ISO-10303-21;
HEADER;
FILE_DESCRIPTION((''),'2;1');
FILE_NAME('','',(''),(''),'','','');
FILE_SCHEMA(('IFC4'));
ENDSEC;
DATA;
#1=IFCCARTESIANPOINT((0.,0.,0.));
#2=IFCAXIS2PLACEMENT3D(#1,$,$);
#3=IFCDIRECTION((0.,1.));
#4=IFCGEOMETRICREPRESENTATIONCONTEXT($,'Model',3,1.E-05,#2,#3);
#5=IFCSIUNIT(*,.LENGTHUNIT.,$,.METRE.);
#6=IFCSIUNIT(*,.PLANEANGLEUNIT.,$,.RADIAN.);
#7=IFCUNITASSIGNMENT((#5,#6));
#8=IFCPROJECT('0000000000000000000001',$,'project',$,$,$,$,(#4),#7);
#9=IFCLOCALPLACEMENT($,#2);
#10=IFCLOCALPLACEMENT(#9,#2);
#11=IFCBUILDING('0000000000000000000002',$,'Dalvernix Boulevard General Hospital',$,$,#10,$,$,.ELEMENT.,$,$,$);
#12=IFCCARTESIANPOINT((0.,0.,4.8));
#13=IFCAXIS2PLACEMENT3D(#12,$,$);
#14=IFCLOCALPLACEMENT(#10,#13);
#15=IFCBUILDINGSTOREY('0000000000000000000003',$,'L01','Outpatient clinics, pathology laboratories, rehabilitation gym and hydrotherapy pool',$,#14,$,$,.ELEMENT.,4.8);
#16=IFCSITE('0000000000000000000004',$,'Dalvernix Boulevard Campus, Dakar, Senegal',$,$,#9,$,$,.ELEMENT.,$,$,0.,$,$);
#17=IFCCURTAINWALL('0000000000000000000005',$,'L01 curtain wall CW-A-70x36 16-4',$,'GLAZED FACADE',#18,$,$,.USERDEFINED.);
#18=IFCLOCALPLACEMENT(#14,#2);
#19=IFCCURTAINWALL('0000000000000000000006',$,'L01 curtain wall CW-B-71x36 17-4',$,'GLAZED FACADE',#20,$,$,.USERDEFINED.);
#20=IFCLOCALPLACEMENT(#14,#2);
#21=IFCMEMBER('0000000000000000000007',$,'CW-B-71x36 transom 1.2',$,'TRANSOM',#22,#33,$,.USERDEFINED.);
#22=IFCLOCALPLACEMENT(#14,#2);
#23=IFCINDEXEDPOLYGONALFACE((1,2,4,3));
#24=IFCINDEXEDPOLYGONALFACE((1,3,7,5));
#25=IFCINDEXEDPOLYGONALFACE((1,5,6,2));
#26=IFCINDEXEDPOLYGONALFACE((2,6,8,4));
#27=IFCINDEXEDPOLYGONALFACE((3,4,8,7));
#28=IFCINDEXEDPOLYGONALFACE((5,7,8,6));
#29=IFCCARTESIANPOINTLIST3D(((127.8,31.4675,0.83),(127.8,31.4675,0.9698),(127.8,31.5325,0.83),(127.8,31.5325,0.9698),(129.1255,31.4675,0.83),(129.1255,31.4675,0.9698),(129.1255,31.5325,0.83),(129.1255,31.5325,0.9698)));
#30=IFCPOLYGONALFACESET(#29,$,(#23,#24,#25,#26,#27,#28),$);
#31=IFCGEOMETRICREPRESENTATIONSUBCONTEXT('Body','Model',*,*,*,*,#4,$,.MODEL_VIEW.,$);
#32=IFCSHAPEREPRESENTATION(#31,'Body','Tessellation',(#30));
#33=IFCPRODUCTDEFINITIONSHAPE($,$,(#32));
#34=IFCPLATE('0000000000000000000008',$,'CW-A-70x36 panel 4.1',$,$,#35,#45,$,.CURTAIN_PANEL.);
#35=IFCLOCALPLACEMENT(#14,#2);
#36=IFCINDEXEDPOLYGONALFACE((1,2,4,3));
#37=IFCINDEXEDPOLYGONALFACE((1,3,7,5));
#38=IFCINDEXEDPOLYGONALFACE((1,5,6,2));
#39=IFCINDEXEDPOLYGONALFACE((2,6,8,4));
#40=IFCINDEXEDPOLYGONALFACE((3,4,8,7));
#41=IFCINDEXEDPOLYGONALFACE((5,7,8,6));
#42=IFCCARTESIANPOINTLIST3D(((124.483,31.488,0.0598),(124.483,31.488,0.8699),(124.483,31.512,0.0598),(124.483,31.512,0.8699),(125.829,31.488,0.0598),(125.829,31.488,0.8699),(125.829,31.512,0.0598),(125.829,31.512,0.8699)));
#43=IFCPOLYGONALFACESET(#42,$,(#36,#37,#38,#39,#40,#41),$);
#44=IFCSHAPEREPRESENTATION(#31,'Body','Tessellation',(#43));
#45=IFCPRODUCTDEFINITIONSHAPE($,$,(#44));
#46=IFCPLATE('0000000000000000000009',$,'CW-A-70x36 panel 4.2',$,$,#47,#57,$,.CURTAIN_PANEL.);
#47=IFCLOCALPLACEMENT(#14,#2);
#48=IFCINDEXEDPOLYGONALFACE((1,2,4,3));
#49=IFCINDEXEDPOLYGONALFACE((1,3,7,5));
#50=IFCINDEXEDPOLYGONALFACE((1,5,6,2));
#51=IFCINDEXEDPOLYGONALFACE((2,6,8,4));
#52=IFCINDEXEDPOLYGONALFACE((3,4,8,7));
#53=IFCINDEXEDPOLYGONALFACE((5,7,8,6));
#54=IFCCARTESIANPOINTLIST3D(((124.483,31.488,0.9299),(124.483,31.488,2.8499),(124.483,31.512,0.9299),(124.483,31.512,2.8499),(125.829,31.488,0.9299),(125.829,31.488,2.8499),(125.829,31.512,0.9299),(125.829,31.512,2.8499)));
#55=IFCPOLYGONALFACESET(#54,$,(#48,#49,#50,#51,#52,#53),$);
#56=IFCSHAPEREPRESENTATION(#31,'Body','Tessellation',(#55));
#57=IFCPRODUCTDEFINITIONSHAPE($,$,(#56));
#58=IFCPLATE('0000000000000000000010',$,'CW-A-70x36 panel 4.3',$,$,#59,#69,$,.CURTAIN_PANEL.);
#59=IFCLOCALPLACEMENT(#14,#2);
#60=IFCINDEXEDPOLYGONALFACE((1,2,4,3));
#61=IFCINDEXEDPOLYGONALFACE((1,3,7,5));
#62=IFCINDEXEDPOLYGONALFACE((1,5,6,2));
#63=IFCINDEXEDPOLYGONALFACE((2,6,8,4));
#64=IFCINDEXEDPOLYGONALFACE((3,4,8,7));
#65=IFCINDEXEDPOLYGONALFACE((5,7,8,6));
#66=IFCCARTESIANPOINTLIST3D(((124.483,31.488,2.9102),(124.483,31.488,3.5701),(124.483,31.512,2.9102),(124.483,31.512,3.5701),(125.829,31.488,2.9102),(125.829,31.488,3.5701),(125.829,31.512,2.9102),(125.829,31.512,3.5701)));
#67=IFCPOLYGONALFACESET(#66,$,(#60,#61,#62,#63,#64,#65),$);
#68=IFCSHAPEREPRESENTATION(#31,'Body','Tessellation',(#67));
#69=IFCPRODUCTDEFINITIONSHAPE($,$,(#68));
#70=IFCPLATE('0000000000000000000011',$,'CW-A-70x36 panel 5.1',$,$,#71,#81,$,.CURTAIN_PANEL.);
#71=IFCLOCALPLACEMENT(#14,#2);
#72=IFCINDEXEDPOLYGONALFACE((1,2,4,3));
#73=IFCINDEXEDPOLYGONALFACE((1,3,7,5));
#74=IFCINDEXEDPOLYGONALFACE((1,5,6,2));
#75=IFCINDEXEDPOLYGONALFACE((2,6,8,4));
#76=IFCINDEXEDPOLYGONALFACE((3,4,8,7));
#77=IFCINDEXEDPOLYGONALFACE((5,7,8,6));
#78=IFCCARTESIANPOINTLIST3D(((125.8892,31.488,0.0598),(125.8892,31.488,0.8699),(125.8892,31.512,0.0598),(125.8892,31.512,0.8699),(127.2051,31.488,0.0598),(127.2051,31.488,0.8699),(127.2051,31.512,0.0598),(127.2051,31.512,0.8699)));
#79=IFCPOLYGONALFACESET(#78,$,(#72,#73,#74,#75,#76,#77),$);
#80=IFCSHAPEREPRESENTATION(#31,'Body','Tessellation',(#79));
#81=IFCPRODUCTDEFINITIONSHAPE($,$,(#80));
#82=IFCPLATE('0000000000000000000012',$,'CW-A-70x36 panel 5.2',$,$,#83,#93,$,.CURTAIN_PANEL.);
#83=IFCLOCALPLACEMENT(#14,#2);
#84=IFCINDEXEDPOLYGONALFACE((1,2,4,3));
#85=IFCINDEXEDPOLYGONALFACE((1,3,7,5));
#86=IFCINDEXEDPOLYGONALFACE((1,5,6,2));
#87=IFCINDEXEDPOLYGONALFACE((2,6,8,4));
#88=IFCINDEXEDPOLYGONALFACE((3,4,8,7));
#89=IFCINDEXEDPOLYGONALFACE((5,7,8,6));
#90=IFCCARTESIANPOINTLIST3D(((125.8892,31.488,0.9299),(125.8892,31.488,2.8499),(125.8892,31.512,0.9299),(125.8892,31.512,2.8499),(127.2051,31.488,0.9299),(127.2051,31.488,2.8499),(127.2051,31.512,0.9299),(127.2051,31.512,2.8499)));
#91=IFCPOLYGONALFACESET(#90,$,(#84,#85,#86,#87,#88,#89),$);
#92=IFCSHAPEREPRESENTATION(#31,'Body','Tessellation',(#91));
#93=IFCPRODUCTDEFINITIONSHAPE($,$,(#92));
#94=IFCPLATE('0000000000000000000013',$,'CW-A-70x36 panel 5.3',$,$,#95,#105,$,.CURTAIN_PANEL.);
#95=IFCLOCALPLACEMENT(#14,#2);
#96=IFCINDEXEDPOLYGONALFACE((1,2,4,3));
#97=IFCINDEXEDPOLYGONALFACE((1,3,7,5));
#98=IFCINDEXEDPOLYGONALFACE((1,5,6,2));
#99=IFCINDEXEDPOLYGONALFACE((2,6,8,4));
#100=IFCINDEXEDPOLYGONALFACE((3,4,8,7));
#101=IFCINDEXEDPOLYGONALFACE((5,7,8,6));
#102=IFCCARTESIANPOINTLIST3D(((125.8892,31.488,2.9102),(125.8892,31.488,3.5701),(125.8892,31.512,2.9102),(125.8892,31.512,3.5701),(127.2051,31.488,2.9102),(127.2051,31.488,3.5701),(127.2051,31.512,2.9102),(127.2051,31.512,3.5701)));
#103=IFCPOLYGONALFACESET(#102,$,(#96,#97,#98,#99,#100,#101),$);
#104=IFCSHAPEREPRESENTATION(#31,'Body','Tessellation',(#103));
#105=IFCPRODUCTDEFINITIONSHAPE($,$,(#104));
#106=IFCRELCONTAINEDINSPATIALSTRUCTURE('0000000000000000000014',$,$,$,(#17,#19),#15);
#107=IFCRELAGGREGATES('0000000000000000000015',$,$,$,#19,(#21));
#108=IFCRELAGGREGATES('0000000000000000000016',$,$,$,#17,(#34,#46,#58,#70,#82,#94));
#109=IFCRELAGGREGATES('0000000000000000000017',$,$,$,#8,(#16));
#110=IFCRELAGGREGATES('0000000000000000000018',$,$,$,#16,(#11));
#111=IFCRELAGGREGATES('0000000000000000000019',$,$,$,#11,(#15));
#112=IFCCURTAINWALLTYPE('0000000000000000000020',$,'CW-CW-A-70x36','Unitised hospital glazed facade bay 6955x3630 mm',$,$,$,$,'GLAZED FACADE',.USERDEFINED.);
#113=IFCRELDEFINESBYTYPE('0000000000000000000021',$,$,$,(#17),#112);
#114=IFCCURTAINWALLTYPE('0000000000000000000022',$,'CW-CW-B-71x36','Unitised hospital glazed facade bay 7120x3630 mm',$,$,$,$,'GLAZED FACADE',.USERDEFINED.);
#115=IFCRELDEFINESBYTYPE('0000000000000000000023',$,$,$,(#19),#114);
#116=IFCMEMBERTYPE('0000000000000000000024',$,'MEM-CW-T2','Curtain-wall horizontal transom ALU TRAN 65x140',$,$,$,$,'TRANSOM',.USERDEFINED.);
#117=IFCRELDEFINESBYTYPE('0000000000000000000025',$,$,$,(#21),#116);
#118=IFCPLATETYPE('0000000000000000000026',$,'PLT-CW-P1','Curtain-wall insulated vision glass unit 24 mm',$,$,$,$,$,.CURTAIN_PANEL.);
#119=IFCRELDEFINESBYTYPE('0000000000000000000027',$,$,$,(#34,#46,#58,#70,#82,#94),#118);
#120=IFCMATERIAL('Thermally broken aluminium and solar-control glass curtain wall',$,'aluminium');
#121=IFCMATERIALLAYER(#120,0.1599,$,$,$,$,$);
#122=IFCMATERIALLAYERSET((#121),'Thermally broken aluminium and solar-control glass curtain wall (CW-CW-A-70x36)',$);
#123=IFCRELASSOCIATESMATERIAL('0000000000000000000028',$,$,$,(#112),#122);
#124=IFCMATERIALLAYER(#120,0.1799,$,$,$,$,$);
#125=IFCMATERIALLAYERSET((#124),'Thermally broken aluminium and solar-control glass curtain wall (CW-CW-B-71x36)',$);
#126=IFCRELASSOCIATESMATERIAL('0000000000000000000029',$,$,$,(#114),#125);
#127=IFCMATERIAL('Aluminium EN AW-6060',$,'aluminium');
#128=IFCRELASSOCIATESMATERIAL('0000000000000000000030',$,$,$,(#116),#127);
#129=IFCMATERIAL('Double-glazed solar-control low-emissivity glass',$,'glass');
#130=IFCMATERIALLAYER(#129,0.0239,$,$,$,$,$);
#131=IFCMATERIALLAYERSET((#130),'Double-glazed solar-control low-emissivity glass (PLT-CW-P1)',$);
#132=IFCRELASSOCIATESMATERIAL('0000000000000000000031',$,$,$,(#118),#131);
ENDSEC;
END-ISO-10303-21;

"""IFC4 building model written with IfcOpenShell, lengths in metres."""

from ifc_helpers import new_model, si_unit, direction, frame, origin, origin_2d, place, context, subcontext, project, spatial, rectangle, extrude, material, layer, layer_set, material_profile, profile_set, type_object, element, aggregate, save


model = new_model("IFC4")

# Units and contexts
model_context = context("Model", 3, precision=1e-05, world=origin(), true_north=direction((0.0, 1.0)))
body_context = subcontext(model_context, "Body", "Model", "MODEL_VIEW")
ifc_project = project(units=[si_unit("LENGTHUNIT", "METRE"), si_unit("PLANEANGLEUNIT", "RADIAN")], contexts=[model_context])

# Site, building, storey
site_placement = place(None, origin())
site = spatial("IfcSite", under=ifc_project, at=site_placement, Name="Dalvernix Boulevard Campus, Dakar, Senegal", CompositionType="ELEMENT", RefElevation=0.0)
building_placement = place(site_placement, origin())
building = spatial("IfcBuilding", under=site, at=building_placement, Name="Dalvernix Boulevard General Hospital", CompositionType="ELEMENT")
storey_placement = place(building_placement, frame((0.0, 0.0, 4.8)))
storey = spatial("IfcBuildingStorey", under=building, at=storey_placement, Name="L01", Description="Outpatient clinics, pathology laboratories, rehabilitation gym and hydrotherapy pool", CompositionType="ELEMENT", Elevation=4.8)

# Curtain wall
ifc_material_1 = material(Name="Thermally broken aluminium and solar-control glass curtain wall", Category="aluminium")
ifc_layer_1 = layer(ifc_material_1, 0.1599)
ifc_layer_set_1 = layer_set([ifc_layer_1], Name="Thermally broken aluminium and solar-control glass curtain wall (CW-CW-A-70x36)")
curtain_wall_type_1 = type_object("IfcCurtainWallType", Name="CW-CW-A-70x36", Description="Unitised hospital glazed facade bay 6955x3630 mm", ElementType="GLAZED FACADE", PredefinedType="USERDEFINED", material=ifc_layer_set_1)
curtain_wall_1_placement = place(storey_placement, origin())
curtain_wall_1 = element("IfcCurtainWall", 1, at=curtain_wall_1_placement, inside=storey, type_object=curtain_wall_type_1, Name="L01 curtain wall CW-A-70x36 16-4", ObjectType="GLAZED FACADE", PredefinedType="USERDEFINED")
ifc_material_2 = material(Name="Aluminium EN AW-6060", Category="aluminium")

# Curtain wall
ifc_layer_2 = layer(ifc_material_1, 0.1799)
ifc_layer_set_2 = layer_set([ifc_layer_2], Name="Thermally broken aluminium and solar-control glass curtain wall (CW-CW-B-71x36)")
curtain_wall_type_2 = type_object("IfcCurtainWallType", Name="CW-CW-B-71x36", Description="Unitised hospital glazed facade bay 7120x3630 mm", ElementType="GLAZED FACADE", PredefinedType="USERDEFINED", material=ifc_layer_set_2)
curtain_wall_2_placement = place(storey_placement, origin())
curtain_wall_2 = element("IfcCurtainWall", 2, at=curtain_wall_2_placement, inside=storey, type_object=curtain_wall_type_2, Name="L01 curtain wall CW-B-71x36 17-4", ObjectType="GLAZED FACADE", PredefinedType="USERDEFINED")

# Member
ifc_material_profile_1 = material_profile(ifc_material_2, rectangle(XDim=0.0649, YDim=0.1399, at=origin_2d()), Name="ALU TRAN 65x140")
ifc_profile_set_1 = profile_set([ifc_material_profile_1], Name="Aluminium EN AW-6060")
member_type_1 = type_object("IfcMemberType", Name="MEM-CW-T2", Description="Curtain-wall horizontal transom ALU TRAN 65x140", ElementType="TRANSOM", PredefinedType="USERDEFINED", material=ifc_profile_set_1)
member_1_placement = place(storey_placement, frame((127.8, 31.5, 0.8999), z_axis=(1.0, 0.0, 0.0), x_axis=(0.0, 1.0, 0.0)))
member_1 = element("IfcMember", 3, at=member_1_placement, type_object=member_type_1, Name="CW-B-71x36 transom 1.2", ObjectType="TRANSOM", PredefinedType="USERDEFINED", context=body_context, shape_type="SweptSolid", body=[
    extrude(rectangle(XDim=0.0649, YDim=0.1399, at=origin_2d()), origin(), (0.0, 0.0, 1.0), 1.3254),
])
aggregate(curtain_wall_2, [member_1])

# Plates
ifc_material_3 = material(Name="Double-glazed solar-control low-emissivity glass", Category="glass")
ifc_layer_3 = layer(ifc_material_3, 0.0239)
ifc_layer_set_3 = layer_set([ifc_layer_3], Name="Double-glazed solar-control low-emissivity glass (PLT-CW-P1)")
plate_type = type_object("IfcPlateType", Name="PLT-CW-P1", Description="Curtain-wall insulated vision glass unit 24 mm", PredefinedType="CURTAIN_PANEL", material=ifc_layer_set_3)
plate_1_placement = place(storey_placement, frame((125.156, 31.5, 0.0598), z_axis=(0.0, 0.0, 1.0), x_axis=(1.0, 0.0, 0.0)))
plate_1 = element("IfcPlate", 4, at=plate_1_placement, type_object=plate_type, Name="CW-A-70x36 panel 4.1", PredefinedType="CURTAIN_PANEL", context=body_context, shape_type="SweptSolid", body=[
    extrude(rectangle(XDim=1.3459, YDim=0.0239, at=origin_2d()), origin(), (0.0, 0.0, 1.0), 0.8101),
])
plate_2_placement = place(storey_placement, frame((125.156, 31.5, 0.9299), z_axis=(0.0, 0.0, 1.0), x_axis=(1.0, 0.0, 0.0)))
plate_2 = element("IfcPlate", 5, at=plate_2_placement, type_object=plate_type, Name="CW-A-70x36 panel 4.2", PredefinedType="CURTAIN_PANEL", context=body_context, shape_type="SweptSolid", body=[
    extrude(rectangle(XDim=1.3459, YDim=0.0239, at=origin_2d()), origin(), (0.0, 0.0, 1.0), 1.9199),
])
plate_3_placement = place(storey_placement, frame((125.156, 31.5, 2.9102), z_axis=(0.0, 0.0, 1.0), x_axis=(1.0, 0.0, 0.0)))
plate_3 = element("IfcPlate", 6, at=plate_3_placement, type_object=plate_type, Name="CW-A-70x36 panel 4.3", PredefinedType="CURTAIN_PANEL", context=body_context, shape_type="SweptSolid", body=[
    extrude(rectangle(XDim=1.3459, YDim=0.0239, at=origin_2d()), origin(), (0.0, 0.0, 1.0), 0.6599),
])
plate_4_placement = place(storey_placement, frame((126.5471, 31.5, 0.0598), z_axis=(0.0, 0.0, 1.0), x_axis=(1.0, 0.0, 0.0)))
plate_4 = element("IfcPlate", 7, at=plate_4_placement, type_object=plate_type, Name="CW-A-70x36 panel 5.1", PredefinedType="CURTAIN_PANEL", context=body_context, shape_type="SweptSolid", body=[
    extrude(rectangle(XDim=1.3159, YDim=0.0239, at=origin_2d()), origin(), (0.0, 0.0, 1.0), 0.8101),
])
plate_5_placement = place(storey_placement, frame((126.5471, 31.5, 0.9299), z_axis=(0.0, 0.0, 1.0), x_axis=(1.0, 0.0, 0.0)))
plate_5 = element("IfcPlate", 8, at=plate_5_placement, type_object=plate_type, Name="CW-A-70x36 panel 5.2", PredefinedType="CURTAIN_PANEL", context=body_context, shape_type="SweptSolid", body=[
    extrude(rectangle(XDim=1.3159, YDim=0.0239, at=origin_2d()), origin(), (0.0, 0.0, 1.0), 1.9199),
])
plate_6_placement = place(storey_placement, frame((126.5471, 31.5, 2.9102), z_axis=(0.0, 0.0, 1.0), x_axis=(1.0, 0.0, 0.0)))
plate_6 = element("IfcPlate", 9, at=plate_6_placement, type_object=plate_type, Name="CW-A-70x36 panel 5.3", PredefinedType="CURTAIN_PANEL", context=body_context, shape_type="SweptSolid", body=[
    extrude(rectangle(XDim=1.3159, YDim=0.0239, at=origin_2d()), origin(), (0.0, 0.0, 1.0), 0.6599),
])
aggregate(curtain_wall_1, [plate_1, plate_2, plate_3, plate_4, plate_5, plate_6])

save(model, "model.ifc")
